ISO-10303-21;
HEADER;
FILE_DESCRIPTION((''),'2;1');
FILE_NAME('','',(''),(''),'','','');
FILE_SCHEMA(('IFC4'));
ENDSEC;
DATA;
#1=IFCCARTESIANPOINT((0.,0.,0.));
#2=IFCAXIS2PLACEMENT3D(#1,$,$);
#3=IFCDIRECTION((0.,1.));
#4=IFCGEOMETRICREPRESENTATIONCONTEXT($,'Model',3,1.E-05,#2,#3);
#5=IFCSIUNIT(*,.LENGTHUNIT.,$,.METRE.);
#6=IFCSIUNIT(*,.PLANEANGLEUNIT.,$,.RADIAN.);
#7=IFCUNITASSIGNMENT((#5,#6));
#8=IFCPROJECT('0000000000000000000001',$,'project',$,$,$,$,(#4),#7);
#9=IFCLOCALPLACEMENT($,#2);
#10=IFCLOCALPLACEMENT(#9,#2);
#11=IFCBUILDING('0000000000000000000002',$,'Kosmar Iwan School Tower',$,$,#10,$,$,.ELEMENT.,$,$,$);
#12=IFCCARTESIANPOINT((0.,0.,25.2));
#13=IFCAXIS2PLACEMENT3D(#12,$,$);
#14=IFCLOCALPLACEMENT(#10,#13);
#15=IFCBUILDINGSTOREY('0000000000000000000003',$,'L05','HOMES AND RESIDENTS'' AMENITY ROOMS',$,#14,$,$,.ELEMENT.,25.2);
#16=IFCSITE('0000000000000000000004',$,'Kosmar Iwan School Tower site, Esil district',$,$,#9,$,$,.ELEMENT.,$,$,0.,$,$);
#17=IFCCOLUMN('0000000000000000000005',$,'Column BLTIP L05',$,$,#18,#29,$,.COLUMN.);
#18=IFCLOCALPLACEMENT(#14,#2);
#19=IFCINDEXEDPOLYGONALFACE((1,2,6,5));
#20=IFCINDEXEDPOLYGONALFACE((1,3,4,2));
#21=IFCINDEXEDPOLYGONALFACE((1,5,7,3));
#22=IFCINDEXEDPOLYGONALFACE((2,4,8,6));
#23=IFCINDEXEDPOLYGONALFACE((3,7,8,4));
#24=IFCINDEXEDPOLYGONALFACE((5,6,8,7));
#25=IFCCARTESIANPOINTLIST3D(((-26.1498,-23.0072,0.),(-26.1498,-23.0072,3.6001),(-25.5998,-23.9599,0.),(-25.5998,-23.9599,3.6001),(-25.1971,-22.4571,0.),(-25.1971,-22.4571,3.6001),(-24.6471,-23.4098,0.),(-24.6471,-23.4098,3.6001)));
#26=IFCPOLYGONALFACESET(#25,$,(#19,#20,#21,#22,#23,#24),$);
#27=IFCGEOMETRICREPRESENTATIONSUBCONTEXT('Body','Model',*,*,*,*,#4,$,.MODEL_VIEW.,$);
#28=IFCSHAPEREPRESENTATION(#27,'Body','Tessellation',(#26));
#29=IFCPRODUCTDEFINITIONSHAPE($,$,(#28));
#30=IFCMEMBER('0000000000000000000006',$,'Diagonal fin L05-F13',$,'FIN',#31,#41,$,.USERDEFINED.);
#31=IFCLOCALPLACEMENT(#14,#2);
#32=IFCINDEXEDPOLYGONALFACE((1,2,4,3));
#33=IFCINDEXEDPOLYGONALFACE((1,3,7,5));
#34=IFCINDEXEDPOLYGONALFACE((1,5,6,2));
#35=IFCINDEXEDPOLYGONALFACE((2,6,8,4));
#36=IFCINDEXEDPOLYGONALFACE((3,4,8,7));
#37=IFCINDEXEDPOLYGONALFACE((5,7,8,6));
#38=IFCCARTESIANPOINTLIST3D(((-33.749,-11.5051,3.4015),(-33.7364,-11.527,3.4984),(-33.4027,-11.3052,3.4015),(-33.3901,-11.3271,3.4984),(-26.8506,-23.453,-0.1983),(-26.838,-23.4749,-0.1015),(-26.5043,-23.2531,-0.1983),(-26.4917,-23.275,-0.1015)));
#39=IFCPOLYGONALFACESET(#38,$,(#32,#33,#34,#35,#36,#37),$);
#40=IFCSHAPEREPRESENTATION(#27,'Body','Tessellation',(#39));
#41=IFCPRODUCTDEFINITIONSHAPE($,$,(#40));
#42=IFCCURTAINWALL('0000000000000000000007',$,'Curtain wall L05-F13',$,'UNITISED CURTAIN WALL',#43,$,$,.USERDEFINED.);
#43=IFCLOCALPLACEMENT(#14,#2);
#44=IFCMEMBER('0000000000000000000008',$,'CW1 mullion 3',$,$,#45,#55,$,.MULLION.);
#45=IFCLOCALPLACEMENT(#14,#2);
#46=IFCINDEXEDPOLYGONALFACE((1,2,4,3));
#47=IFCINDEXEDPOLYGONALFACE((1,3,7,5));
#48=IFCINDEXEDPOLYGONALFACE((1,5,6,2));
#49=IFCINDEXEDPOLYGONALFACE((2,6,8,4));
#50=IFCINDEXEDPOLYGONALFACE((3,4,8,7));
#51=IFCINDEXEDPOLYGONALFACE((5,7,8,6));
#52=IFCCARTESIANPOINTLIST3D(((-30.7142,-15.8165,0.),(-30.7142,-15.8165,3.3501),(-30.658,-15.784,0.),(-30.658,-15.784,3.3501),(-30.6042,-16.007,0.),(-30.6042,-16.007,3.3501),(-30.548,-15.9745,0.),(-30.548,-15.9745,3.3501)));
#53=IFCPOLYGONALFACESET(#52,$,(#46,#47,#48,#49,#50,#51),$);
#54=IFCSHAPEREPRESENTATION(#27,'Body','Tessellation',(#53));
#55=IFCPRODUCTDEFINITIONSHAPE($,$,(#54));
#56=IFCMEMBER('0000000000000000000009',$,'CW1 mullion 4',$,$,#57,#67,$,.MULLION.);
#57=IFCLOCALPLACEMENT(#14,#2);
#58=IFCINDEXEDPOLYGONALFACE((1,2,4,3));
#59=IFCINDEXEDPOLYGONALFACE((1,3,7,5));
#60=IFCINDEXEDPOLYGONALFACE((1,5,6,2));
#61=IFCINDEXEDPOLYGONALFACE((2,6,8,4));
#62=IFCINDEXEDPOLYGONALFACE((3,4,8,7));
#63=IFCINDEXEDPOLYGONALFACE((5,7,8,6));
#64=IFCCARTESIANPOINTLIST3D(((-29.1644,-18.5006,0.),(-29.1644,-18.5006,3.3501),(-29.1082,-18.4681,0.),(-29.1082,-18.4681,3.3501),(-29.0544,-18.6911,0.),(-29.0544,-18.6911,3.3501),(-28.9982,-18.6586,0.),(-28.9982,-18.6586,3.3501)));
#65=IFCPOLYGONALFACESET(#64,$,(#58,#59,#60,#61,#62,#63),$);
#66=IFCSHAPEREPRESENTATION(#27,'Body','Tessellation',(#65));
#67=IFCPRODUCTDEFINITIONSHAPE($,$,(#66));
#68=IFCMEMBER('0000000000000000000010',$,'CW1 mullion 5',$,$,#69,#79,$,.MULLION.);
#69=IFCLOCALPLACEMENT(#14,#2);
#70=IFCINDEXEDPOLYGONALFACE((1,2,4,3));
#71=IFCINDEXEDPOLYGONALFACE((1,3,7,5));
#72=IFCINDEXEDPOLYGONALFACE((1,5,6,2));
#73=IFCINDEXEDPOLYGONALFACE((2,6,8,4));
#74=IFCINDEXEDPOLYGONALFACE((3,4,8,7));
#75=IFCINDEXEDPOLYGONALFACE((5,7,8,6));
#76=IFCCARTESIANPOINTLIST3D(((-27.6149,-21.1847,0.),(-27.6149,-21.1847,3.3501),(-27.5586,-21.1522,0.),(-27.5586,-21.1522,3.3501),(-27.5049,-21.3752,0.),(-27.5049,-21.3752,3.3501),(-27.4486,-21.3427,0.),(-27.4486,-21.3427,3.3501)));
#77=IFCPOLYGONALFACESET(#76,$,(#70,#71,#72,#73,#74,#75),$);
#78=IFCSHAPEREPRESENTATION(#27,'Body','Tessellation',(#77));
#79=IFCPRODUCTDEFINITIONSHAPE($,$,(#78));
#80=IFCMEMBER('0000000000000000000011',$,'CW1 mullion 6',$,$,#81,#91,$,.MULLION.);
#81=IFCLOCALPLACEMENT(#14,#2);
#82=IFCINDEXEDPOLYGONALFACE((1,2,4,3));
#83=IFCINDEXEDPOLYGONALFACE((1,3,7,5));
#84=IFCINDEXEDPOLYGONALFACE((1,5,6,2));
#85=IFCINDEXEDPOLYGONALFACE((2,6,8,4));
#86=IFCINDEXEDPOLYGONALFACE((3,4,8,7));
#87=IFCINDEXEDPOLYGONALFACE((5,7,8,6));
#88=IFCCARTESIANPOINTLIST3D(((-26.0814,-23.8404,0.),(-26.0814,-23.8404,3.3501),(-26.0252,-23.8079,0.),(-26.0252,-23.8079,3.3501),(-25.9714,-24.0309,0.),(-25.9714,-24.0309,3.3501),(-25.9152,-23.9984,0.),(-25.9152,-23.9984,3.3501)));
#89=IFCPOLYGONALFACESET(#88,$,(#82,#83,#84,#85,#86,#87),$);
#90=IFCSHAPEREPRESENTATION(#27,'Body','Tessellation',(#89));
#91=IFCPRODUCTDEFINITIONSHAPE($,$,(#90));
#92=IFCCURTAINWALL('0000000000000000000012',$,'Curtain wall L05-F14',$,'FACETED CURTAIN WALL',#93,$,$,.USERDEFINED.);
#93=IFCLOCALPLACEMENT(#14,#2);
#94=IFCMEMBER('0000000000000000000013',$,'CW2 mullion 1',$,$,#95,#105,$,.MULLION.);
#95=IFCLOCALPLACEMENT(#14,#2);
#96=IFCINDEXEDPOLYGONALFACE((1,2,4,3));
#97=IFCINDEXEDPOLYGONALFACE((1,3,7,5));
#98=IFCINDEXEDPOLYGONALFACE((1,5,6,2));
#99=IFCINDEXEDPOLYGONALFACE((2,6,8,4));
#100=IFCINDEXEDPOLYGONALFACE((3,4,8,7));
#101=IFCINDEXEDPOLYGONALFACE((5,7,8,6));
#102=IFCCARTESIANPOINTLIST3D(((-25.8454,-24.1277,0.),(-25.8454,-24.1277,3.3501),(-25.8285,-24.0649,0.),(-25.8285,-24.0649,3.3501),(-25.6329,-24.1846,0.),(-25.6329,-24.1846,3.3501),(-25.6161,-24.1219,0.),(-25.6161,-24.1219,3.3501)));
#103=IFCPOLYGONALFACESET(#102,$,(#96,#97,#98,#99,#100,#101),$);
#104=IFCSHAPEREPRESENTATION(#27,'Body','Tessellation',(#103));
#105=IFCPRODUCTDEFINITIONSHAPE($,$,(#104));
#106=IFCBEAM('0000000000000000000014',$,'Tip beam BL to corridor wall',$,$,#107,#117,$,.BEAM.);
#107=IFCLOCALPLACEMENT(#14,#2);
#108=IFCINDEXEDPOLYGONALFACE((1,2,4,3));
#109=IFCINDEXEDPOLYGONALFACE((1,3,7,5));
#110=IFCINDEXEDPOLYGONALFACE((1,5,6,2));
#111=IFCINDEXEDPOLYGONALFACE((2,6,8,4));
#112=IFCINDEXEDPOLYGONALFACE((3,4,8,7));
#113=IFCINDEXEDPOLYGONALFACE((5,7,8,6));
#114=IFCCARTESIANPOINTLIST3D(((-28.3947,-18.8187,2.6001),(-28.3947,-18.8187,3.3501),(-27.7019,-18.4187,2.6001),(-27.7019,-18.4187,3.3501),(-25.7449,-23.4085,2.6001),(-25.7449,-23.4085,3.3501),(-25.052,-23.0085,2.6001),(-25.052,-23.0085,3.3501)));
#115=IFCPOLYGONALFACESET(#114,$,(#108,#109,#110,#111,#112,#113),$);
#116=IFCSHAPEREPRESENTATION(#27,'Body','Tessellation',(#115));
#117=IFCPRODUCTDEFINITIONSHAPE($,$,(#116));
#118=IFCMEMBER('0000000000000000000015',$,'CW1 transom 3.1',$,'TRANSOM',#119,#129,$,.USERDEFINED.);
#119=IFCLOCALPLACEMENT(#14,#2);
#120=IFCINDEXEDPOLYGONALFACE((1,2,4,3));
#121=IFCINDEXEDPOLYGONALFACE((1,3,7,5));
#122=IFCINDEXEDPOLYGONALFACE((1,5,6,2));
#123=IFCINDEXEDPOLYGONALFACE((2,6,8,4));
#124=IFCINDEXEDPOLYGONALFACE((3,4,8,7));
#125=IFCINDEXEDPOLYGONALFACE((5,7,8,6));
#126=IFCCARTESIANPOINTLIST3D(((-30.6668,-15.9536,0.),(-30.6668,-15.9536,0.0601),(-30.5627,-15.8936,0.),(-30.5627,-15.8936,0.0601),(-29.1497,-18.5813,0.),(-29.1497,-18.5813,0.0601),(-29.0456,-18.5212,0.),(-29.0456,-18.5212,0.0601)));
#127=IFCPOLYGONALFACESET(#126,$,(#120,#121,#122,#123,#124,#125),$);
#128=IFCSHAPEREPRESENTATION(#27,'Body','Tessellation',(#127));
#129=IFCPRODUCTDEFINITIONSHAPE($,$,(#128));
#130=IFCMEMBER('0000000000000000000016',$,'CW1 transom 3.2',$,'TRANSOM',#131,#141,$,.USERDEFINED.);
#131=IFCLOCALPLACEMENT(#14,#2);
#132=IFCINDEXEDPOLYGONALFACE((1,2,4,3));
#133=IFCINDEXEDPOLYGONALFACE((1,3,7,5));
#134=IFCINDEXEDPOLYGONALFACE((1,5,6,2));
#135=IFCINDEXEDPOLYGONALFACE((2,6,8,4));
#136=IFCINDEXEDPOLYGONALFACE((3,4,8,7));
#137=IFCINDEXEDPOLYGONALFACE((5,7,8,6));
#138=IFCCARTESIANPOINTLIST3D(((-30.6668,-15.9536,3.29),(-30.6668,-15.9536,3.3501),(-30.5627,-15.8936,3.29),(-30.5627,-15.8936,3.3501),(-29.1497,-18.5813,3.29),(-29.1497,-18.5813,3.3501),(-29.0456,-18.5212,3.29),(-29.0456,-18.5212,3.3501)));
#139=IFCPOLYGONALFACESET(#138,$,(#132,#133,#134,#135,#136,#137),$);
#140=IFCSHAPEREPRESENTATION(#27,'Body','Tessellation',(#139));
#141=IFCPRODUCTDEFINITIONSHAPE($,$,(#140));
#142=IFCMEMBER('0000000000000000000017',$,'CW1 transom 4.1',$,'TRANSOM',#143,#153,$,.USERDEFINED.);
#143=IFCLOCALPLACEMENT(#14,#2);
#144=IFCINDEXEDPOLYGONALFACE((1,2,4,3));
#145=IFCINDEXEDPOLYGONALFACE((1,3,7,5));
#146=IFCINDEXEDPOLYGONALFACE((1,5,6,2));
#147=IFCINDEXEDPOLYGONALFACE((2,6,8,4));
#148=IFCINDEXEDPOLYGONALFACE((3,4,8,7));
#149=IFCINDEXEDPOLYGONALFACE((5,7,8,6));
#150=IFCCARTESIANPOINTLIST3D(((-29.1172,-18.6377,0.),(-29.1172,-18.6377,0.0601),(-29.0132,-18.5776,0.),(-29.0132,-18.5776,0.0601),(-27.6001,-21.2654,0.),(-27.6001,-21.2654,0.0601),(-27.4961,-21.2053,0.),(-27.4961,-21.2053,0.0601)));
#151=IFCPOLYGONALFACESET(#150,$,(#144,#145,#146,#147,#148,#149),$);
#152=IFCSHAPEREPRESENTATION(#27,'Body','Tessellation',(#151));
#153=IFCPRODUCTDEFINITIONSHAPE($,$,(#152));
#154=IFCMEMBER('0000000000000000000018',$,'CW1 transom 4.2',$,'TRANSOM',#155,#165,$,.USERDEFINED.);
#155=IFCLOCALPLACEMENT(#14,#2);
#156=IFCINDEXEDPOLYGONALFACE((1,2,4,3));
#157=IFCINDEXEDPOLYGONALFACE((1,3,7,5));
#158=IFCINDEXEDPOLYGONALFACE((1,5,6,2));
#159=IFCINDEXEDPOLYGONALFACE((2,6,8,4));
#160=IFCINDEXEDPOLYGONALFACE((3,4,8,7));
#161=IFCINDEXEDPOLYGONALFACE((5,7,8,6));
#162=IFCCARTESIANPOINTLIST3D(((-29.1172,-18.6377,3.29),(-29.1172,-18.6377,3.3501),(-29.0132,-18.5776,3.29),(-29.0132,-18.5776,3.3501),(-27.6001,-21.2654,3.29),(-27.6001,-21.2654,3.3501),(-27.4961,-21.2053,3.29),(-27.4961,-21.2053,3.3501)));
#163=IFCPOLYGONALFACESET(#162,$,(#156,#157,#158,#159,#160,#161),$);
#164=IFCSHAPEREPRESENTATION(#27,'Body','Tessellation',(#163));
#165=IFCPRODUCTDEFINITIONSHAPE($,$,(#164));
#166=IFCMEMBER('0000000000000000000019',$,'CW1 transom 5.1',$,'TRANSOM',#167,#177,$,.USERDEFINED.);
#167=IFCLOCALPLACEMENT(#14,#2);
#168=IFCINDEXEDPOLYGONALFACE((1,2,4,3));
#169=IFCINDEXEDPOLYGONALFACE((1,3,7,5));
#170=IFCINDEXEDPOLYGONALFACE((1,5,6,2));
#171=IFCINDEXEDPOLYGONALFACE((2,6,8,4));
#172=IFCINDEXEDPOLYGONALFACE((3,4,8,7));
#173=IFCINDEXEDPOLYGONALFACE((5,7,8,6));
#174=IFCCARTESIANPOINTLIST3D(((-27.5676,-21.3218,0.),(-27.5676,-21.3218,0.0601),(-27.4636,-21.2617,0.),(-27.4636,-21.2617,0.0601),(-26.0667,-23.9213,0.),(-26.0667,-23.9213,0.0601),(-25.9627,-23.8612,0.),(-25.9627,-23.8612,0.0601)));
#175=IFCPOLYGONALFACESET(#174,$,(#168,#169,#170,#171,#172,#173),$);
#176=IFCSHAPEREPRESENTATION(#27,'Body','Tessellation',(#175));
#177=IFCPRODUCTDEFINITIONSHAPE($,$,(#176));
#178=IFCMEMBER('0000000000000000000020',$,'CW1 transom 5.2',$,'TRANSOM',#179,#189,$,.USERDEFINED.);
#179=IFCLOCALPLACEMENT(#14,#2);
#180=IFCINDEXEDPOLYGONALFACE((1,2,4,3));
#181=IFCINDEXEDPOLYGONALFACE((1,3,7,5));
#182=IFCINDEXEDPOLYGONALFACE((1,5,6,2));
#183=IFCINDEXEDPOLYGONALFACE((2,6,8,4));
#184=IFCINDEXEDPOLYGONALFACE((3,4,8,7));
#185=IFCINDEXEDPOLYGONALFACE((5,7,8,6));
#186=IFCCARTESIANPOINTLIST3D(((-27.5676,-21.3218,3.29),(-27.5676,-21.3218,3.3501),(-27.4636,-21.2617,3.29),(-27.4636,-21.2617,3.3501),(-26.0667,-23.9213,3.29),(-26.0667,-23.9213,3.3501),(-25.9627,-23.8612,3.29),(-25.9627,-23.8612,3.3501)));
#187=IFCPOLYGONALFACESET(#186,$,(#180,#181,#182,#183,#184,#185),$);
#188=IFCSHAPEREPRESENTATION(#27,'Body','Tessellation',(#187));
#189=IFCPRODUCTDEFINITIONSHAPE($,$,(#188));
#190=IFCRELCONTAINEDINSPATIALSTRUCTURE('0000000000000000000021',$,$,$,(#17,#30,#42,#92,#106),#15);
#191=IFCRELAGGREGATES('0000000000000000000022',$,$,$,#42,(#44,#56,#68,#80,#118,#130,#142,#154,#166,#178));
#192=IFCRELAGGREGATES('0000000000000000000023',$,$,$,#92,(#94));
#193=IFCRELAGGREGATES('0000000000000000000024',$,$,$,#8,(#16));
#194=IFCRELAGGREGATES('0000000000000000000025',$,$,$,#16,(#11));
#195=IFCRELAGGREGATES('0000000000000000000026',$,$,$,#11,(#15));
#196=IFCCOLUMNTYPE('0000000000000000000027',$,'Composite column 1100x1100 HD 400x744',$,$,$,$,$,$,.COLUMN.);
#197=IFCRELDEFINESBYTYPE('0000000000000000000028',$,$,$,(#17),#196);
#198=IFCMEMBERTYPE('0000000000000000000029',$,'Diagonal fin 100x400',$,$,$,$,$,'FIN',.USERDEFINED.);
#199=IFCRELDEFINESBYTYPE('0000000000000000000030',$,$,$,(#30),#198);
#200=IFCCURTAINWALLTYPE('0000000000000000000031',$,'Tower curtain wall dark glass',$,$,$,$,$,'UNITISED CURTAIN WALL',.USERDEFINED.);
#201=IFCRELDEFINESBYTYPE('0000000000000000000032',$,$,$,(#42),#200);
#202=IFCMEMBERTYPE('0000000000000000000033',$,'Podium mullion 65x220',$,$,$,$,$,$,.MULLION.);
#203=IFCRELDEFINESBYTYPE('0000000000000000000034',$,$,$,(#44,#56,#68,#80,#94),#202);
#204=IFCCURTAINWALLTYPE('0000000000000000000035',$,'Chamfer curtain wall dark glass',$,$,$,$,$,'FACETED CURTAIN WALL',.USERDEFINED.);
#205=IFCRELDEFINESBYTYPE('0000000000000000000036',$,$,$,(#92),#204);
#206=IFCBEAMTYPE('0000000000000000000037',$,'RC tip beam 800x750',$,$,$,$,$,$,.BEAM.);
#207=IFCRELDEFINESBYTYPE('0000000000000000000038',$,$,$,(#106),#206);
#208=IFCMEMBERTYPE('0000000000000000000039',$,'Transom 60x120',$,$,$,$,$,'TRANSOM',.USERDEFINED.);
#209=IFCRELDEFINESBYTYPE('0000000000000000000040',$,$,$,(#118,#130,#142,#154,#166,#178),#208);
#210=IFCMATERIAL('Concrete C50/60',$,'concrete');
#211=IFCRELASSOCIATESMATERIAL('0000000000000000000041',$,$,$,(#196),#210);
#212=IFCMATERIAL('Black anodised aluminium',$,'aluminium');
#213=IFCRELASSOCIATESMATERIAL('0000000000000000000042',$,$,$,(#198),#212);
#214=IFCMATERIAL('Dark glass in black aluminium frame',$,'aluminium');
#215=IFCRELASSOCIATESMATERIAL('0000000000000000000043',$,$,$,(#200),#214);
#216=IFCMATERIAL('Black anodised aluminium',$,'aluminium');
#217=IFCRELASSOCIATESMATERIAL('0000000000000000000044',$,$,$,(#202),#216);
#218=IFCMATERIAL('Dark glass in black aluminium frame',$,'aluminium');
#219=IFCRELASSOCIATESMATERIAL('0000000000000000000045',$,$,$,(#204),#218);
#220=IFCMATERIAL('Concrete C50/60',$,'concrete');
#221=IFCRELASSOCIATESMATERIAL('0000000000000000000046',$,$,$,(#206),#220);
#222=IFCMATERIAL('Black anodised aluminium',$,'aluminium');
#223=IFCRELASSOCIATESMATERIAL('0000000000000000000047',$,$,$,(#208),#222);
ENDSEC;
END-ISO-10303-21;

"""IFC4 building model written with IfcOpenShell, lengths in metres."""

from ifc_helpers import new_model, si_unit, direction, frame, origin, origin_2d, place, context, subcontext, project, spatial, rectangle, extrude, material, material_profile, profile_set, type_object, element, aggregate, save


model = new_model("IFC4")

# Units and contexts
model_context = context("Model", 3, precision=1e-05, world=origin(), true_north=direction((0.0, 1.0)))
body_context = subcontext(model_context, "Body", "Model", "MODEL_VIEW")
ifc_project = project(units=[si_unit("LENGTHUNIT", "METRE"), si_unit("PLANEANGLEUNIT", "RADIAN")], contexts=[model_context])

# Site, building, storey
site_placement = place(None, origin())
site = spatial("IfcSite", under=ifc_project, at=site_placement, Name="Kosmar Iwan School Tower site, Esil district", CompositionType="ELEMENT", RefElevation=0.0)
building_placement = place(site_placement, origin())
building = spatial("IfcBuilding", under=site, at=building_placement, Name="Kosmar Iwan School Tower", CompositionType="ELEMENT")
storey_placement = place(building_placement, frame((0.0, 0.0, 25.2)))
storey = spatial("IfcBuildingStorey", under=building, at=storey_placement, Name="L05", Description="HOMES AND RESIDENTS' AMENITY ROOMS", CompositionType="ELEMENT", Elevation=25.2)

# Column
ifc_material_1 = material(Name="Concrete C50/60", Category="concrete")
ifc_material_profile_1 = material_profile(ifc_material_1, rectangle(XDim=1.1001, YDim=1.1001, at=origin_2d()), Name="RC 1100x1100 + HD 400x744")
ifc_profile_set_1 = profile_set([ifc_material_profile_1], Name="Concrete C50/60")
column_type = type_object("IfcColumnType", Name="Composite column 1100x1100 HD 400x744", PredefinedType="COLUMN", material=ifc_profile_set_1)
column_placement = place(storey_placement, frame((-25.3984, -23.2085, 0.0), z_axis=(0.0, 0.0, 1.0), x_axis=(-0.866025, -0.5, 0.0)))
element("IfcColumn", 1, at=column_placement, inside=storey, type_object=column_type, Name="Column BLTIP L05", PredefinedType="COLUMN", context=body_context, shape_type="SweptSolid", body=[
    extrude(rectangle(XDim=1.1001, YDim=1.1001, at=origin_2d()), origin(), (0.0, 0.0, 1.0), 3.6001),
])

# Member
ifc_material_2 = material(Name="Black anodised aluminium", Category="aluminium")
ifc_material_profile_2 = material_profile(ifc_material_2, rectangle(XDim=0.1001, YDim=0.3999, at=origin_2d()), Name="FIN 100x400")
ifc_profile_set_2 = profile_set([ifc_material_profile_2], Name="Black anodised aluminium")
member_type_1 = type_object("IfcMemberType", Name="Diagonal fin 100x400", ElementType="FIN", PredefinedType="USERDEFINED", material=ifc_profile_set_2)
member_1_placement = place(storey_placement, frame((-26.6711, -23.364, -0.1499), z_axis=(-0.483816, 0.837962, 0.252472), x_axis=(0.12624, -0.218645, 0.967604)))
element("IfcMember", 2, at=member_1_placement, inside=storey, type_object=member_type_1, Name="Diagonal fin L05-F13", ObjectType="FIN", PredefinedType="USERDEFINED", context=body_context, shape_type="SweptSolid", body=[
    extrude(rectangle(XDim=0.1001, YDim=0.3999, at=origin_2d()), origin(), (0.0, 0.0, 1.0), 14.2583),
])

# Curtain wall, members
ifc_material_3 = material(Name="Dark glass in black aluminium frame", Category="aluminium")
curtain_wall_type_1 = type_object("IfcCurtainWallType", Name="Tower curtain wall dark glass", ElementType="UNITISED CURTAIN WALL", PredefinedType="USERDEFINED", material=ifc_material_3)
curtain_wall_1_placement = place(storey_placement, origin())
curtain_wall_1 = element("IfcCurtainWall", 3, at=curtain_wall_1_placement, inside=storey, type_object=curtain_wall_type_1, Name="Curtain wall L05-F13", ObjectType="UNITISED CURTAIN WALL", PredefinedType="USERDEFINED")
ifc_material_4 = material(Name="Black anodised aluminium", Category="aluminium")
ifc_material_profile_3 = material_profile(ifc_material_4, rectangle(XDim=0.0649, YDim=0.22, at=origin_2d()), Name="MULLION 65x220")
ifc_profile_set_3 = profile_set([ifc_material_profile_3], Name="Black anodised aluminium")
member_type_2 = type_object("IfcMemberType", Name="Podium mullion 65x220", PredefinedType="MULLION", material=ifc_profile_set_3)
member_2_placement = place(storey_placement, frame((-30.6311, -15.8955, 0.0), z_axis=(0.0, 0.0, 1.0), x_axis=(0.866025, 0.5, 0.0)))
member_2 = element("IfcMember", 4, at=member_2_placement, type_object=member_type_2, Name="CW1 mullion 3", PredefinedType="MULLION", context=body_context, shape_type="SweptSolid", body=[
    extrude(rectangle(XDim=0.0649, YDim=0.22, at=origin_2d()), origin(), (0.0, 0.0, 1.0), 3.3501),
])
member_3_placement = place(storey_placement, frame((-29.0813, -18.5796, 0.0), z_axis=(0.0, 0.0, 1.0), x_axis=(0.866025, 0.5, 0.0)))
member_3 = element("IfcMember", 5, at=member_3_placement, type_object=member_type_2, Name="CW1 mullion 4", PredefinedType="MULLION", context=body_context, shape_type="SweptSolid", body=[
    extrude(rectangle(XDim=0.0649, YDim=0.22, at=origin_2d()), origin(), (0.0, 0.0, 1.0), 3.3501),
])
member_4_placement = place(storey_placement, frame((-27.5317, -21.2637, 0.0), z_axis=(0.0, 0.0, 1.0), x_axis=(0.866025, 0.5, 0.0)))
member_4 = element("IfcMember", 6, at=member_4_placement, type_object=member_type_2, Name="CW1 mullion 5", PredefinedType="MULLION", context=body_context, shape_type="SweptSolid", body=[
    extrude(rectangle(XDim=0.0649, YDim=0.22, at=origin_2d()), origin(), (0.0, 0.0, 1.0), 3.3501),
])
member_5_placement = place(storey_placement, frame((-25.9983, -23.9194, 0.0), z_axis=(0.0, 0.0, 1.0), x_axis=(0.866025, 0.5, 0.0)))
member_5 = element("IfcMember", 7, at=member_5_placement, type_object=member_type_2, Name="CW1 mullion 6", PredefinedType="MULLION", context=body_context, shape_type="SweptSolid", body=[
    extrude(rectangle(XDim=0.0649, YDim=0.22, at=origin_2d()), origin(), (0.0, 0.0, 1.0), 3.3501),
])

# Curtain wall, member
ifc_material_5 = material(Name="Dark glass in black aluminium frame", Category="aluminium")
curtain_wall_type_2 = type_object("IfcCurtainWallType", Name="Chamfer curtain wall dark glass", ElementType="FACETED CURTAIN WALL", PredefinedType="USERDEFINED", material=ifc_material_5)
curtain_wall_2_placement = place(storey_placement, origin())
curtain_wall_2 = element("IfcCurtainWall", 8, at=curtain_wall_2_placement, inside=storey, type_object=curtain_wall_type_2, Name="Curtain wall L05-F14", ObjectType="FACETED CURTAIN WALL", PredefinedType="USERDEFINED")
member_6_placement = place(storey_placement, frame((-25.7307, -24.1248, 0.0), z_axis=(0.0, 0.0, 1.0), x_axis=(0.258819, 0.965926, 0.0)))
member_6 = element("IfcMember", 9, at=member_6_placement, type_object=member_type_2, Name="CW2 mullion 1", PredefinedType="MULLION", context=body_context, shape_type="SweptSolid", body=[
    extrude(rectangle(XDim=0.0649, YDim=0.22, at=origin_2d()), origin(), (0.0, 0.0, 1.0), 3.3501),
])

# Beam
ifc_material_6 = material(Name="Concrete C50/60", Category="concrete")
ifc_material_profile_4 = material_profile(ifc_material_6, rectangle(XDim=0.8, YDim=0.75, at=origin_2d()), Name="RC 800x750")
ifc_profile_set_4 = profile_set([ifc_material_profile_4], Name="Concrete C50/60")
beam_type = type_object("IfcBeamType", Name="RC tip beam 800x750", PredefinedType="BEAM", material=ifc_profile_set_4)
beam_placement = place(storey_placement, frame((-25.3984, -23.2085, 2.9751), z_axis=(-0.499994, 0.866029, 0.0), x_axis=(-0.866029, -0.499994, 0.0)))
element("IfcBeam", 10, at=beam_placement, inside=storey, type_object=beam_type, Name="Tip beam BL to corridor wall", PredefinedType="BEAM", context=body_context, shape_type="SweptSolid", body=[
    extrude(rectangle(XDim=0.8, YDim=0.75, at=origin_2d()), origin(), (0.0, 0.0, 1.0), 5.2998),
])

# Members
ifc_material_7 = material(Name="Black anodised aluminium", Category="aluminium")
ifc_material_profile_5 = material_profile(ifc_material_7, rectangle(XDim=0.1201, YDim=0.0601, at=origin_2d()), Name="TRANSOM 60x120")
ifc_profile_set_5 = profile_set([ifc_material_profile_5], Name="Black anodised aluminium")
member_type_3 = type_object("IfcMemberType", Name="Transom 60x120", ElementType="TRANSOM", PredefinedType="USERDEFINED", material=ifc_profile_set_5)
member_7_placement = place(storey_placement, frame((-30.6147, -15.9236, 0.03), z_axis=(0.499999, -0.866026, 0.0), x_axis=(0.866026, 0.499999, 0.0)))
member_7 = element("IfcMember", 11, at=member_7_placement, type_object=member_type_3, Name="CW1 transom 3.1", ObjectType="TRANSOM", PredefinedType="USERDEFINED", context=body_context, shape_type="SweptSolid", body=[
    extrude(rectangle(XDim=0.1201, YDim=0.0601, at=origin_2d()), origin(), (0.0, 0.0, 1.0), 3.0342),
])
member_8_placement = place(storey_placement, frame((-30.6147, -15.9236, 3.3201), z_axis=(0.499999, -0.866026, 0.0), x_axis=(0.866026, 0.499999, 0.0)))
member_8 = element("IfcMember", 12, at=member_8_placement, type_object=member_type_3, Name="CW1 transom 3.2", ObjectType="TRANSOM", PredefinedType="USERDEFINED", context=body_context, shape_type="SweptSolid", body=[
    extrude(rectangle(XDim=0.1201, YDim=0.0601, at=origin_2d()), origin(), (0.0, 0.0, 1.0), 3.0342),
])
member_9_placement = place(storey_placement, frame((-29.0652, -18.6077, 0.03), z_axis=(0.499999, -0.866026, 0.0), x_axis=(0.866026, 0.499999, 0.0)))
member_9 = element("IfcMember", 13, at=member_9_placement, type_object=member_type_3, Name="CW1 transom 4.1", ObjectType="TRANSOM", PredefinedType="USERDEFINED", context=body_context, shape_type="SweptSolid", body=[
    extrude(rectangle(XDim=0.1201, YDim=0.0601, at=origin_2d()), origin(), (0.0, 0.0, 1.0), 3.0342),
])
member_10_placement = place(storey_placement, frame((-29.0652, -18.6077, 3.3201), z_axis=(0.499999, -0.866026, 0.0), x_axis=(0.866026, 0.499999, 0.0)))
member_10 = element("IfcMember", 14, at=member_10_placement, type_object=member_type_3, Name="CW1 transom 4.2", ObjectType="TRANSOM", PredefinedType="USERDEFINED", context=body_context, shape_type="SweptSolid", body=[
    extrude(rectangle(XDim=0.1201, YDim=0.0601, at=origin_2d()), origin(), (0.0, 0.0, 1.0), 3.0342),
])
member_11_placement = place(storey_placement, frame((-27.5156, -21.2917, 0.03), z_axis=(0.500023, -0.866012, 0.0), x_axis=(0.866012, 0.500023, 0.0)))
member_11 = element("IfcMember", 15, at=member_11_placement, type_object=member_type_3, Name="CW1 transom 5.1", ObjectType="TRANSOM", PredefinedType="USERDEFINED", context=body_context, shape_type="SweptSolid", body=[
    extrude(rectangle(XDim=0.1201, YDim=0.0601, at=origin_2d()), origin(), (0.0, 0.0, 1.0), 3.0017),
])
member_12_placement = place(storey_placement, frame((-27.5156, -21.2917, 3.3201), z_axis=(0.500023, -0.866012, 0.0), x_axis=(0.866012, 0.500023, 0.0)))
member_12 = element("IfcMember", 16, at=member_12_placement, type_object=member_type_3, Name="CW1 transom 5.2", ObjectType="TRANSOM", PredefinedType="USERDEFINED", context=body_context, shape_type="SweptSolid", body=[
    extrude(rectangle(XDim=0.1201, YDim=0.0601, at=origin_2d()), origin(), (0.0, 0.0, 1.0), 3.0017),
])

aggregate(curtain_wall_1, [member_2, member_3, member_4, member_5, member_7, member_8, member_9, member_10, member_11, member_12])
aggregate(curtain_wall_2, [member_6])

save(model, "model.ifc")
